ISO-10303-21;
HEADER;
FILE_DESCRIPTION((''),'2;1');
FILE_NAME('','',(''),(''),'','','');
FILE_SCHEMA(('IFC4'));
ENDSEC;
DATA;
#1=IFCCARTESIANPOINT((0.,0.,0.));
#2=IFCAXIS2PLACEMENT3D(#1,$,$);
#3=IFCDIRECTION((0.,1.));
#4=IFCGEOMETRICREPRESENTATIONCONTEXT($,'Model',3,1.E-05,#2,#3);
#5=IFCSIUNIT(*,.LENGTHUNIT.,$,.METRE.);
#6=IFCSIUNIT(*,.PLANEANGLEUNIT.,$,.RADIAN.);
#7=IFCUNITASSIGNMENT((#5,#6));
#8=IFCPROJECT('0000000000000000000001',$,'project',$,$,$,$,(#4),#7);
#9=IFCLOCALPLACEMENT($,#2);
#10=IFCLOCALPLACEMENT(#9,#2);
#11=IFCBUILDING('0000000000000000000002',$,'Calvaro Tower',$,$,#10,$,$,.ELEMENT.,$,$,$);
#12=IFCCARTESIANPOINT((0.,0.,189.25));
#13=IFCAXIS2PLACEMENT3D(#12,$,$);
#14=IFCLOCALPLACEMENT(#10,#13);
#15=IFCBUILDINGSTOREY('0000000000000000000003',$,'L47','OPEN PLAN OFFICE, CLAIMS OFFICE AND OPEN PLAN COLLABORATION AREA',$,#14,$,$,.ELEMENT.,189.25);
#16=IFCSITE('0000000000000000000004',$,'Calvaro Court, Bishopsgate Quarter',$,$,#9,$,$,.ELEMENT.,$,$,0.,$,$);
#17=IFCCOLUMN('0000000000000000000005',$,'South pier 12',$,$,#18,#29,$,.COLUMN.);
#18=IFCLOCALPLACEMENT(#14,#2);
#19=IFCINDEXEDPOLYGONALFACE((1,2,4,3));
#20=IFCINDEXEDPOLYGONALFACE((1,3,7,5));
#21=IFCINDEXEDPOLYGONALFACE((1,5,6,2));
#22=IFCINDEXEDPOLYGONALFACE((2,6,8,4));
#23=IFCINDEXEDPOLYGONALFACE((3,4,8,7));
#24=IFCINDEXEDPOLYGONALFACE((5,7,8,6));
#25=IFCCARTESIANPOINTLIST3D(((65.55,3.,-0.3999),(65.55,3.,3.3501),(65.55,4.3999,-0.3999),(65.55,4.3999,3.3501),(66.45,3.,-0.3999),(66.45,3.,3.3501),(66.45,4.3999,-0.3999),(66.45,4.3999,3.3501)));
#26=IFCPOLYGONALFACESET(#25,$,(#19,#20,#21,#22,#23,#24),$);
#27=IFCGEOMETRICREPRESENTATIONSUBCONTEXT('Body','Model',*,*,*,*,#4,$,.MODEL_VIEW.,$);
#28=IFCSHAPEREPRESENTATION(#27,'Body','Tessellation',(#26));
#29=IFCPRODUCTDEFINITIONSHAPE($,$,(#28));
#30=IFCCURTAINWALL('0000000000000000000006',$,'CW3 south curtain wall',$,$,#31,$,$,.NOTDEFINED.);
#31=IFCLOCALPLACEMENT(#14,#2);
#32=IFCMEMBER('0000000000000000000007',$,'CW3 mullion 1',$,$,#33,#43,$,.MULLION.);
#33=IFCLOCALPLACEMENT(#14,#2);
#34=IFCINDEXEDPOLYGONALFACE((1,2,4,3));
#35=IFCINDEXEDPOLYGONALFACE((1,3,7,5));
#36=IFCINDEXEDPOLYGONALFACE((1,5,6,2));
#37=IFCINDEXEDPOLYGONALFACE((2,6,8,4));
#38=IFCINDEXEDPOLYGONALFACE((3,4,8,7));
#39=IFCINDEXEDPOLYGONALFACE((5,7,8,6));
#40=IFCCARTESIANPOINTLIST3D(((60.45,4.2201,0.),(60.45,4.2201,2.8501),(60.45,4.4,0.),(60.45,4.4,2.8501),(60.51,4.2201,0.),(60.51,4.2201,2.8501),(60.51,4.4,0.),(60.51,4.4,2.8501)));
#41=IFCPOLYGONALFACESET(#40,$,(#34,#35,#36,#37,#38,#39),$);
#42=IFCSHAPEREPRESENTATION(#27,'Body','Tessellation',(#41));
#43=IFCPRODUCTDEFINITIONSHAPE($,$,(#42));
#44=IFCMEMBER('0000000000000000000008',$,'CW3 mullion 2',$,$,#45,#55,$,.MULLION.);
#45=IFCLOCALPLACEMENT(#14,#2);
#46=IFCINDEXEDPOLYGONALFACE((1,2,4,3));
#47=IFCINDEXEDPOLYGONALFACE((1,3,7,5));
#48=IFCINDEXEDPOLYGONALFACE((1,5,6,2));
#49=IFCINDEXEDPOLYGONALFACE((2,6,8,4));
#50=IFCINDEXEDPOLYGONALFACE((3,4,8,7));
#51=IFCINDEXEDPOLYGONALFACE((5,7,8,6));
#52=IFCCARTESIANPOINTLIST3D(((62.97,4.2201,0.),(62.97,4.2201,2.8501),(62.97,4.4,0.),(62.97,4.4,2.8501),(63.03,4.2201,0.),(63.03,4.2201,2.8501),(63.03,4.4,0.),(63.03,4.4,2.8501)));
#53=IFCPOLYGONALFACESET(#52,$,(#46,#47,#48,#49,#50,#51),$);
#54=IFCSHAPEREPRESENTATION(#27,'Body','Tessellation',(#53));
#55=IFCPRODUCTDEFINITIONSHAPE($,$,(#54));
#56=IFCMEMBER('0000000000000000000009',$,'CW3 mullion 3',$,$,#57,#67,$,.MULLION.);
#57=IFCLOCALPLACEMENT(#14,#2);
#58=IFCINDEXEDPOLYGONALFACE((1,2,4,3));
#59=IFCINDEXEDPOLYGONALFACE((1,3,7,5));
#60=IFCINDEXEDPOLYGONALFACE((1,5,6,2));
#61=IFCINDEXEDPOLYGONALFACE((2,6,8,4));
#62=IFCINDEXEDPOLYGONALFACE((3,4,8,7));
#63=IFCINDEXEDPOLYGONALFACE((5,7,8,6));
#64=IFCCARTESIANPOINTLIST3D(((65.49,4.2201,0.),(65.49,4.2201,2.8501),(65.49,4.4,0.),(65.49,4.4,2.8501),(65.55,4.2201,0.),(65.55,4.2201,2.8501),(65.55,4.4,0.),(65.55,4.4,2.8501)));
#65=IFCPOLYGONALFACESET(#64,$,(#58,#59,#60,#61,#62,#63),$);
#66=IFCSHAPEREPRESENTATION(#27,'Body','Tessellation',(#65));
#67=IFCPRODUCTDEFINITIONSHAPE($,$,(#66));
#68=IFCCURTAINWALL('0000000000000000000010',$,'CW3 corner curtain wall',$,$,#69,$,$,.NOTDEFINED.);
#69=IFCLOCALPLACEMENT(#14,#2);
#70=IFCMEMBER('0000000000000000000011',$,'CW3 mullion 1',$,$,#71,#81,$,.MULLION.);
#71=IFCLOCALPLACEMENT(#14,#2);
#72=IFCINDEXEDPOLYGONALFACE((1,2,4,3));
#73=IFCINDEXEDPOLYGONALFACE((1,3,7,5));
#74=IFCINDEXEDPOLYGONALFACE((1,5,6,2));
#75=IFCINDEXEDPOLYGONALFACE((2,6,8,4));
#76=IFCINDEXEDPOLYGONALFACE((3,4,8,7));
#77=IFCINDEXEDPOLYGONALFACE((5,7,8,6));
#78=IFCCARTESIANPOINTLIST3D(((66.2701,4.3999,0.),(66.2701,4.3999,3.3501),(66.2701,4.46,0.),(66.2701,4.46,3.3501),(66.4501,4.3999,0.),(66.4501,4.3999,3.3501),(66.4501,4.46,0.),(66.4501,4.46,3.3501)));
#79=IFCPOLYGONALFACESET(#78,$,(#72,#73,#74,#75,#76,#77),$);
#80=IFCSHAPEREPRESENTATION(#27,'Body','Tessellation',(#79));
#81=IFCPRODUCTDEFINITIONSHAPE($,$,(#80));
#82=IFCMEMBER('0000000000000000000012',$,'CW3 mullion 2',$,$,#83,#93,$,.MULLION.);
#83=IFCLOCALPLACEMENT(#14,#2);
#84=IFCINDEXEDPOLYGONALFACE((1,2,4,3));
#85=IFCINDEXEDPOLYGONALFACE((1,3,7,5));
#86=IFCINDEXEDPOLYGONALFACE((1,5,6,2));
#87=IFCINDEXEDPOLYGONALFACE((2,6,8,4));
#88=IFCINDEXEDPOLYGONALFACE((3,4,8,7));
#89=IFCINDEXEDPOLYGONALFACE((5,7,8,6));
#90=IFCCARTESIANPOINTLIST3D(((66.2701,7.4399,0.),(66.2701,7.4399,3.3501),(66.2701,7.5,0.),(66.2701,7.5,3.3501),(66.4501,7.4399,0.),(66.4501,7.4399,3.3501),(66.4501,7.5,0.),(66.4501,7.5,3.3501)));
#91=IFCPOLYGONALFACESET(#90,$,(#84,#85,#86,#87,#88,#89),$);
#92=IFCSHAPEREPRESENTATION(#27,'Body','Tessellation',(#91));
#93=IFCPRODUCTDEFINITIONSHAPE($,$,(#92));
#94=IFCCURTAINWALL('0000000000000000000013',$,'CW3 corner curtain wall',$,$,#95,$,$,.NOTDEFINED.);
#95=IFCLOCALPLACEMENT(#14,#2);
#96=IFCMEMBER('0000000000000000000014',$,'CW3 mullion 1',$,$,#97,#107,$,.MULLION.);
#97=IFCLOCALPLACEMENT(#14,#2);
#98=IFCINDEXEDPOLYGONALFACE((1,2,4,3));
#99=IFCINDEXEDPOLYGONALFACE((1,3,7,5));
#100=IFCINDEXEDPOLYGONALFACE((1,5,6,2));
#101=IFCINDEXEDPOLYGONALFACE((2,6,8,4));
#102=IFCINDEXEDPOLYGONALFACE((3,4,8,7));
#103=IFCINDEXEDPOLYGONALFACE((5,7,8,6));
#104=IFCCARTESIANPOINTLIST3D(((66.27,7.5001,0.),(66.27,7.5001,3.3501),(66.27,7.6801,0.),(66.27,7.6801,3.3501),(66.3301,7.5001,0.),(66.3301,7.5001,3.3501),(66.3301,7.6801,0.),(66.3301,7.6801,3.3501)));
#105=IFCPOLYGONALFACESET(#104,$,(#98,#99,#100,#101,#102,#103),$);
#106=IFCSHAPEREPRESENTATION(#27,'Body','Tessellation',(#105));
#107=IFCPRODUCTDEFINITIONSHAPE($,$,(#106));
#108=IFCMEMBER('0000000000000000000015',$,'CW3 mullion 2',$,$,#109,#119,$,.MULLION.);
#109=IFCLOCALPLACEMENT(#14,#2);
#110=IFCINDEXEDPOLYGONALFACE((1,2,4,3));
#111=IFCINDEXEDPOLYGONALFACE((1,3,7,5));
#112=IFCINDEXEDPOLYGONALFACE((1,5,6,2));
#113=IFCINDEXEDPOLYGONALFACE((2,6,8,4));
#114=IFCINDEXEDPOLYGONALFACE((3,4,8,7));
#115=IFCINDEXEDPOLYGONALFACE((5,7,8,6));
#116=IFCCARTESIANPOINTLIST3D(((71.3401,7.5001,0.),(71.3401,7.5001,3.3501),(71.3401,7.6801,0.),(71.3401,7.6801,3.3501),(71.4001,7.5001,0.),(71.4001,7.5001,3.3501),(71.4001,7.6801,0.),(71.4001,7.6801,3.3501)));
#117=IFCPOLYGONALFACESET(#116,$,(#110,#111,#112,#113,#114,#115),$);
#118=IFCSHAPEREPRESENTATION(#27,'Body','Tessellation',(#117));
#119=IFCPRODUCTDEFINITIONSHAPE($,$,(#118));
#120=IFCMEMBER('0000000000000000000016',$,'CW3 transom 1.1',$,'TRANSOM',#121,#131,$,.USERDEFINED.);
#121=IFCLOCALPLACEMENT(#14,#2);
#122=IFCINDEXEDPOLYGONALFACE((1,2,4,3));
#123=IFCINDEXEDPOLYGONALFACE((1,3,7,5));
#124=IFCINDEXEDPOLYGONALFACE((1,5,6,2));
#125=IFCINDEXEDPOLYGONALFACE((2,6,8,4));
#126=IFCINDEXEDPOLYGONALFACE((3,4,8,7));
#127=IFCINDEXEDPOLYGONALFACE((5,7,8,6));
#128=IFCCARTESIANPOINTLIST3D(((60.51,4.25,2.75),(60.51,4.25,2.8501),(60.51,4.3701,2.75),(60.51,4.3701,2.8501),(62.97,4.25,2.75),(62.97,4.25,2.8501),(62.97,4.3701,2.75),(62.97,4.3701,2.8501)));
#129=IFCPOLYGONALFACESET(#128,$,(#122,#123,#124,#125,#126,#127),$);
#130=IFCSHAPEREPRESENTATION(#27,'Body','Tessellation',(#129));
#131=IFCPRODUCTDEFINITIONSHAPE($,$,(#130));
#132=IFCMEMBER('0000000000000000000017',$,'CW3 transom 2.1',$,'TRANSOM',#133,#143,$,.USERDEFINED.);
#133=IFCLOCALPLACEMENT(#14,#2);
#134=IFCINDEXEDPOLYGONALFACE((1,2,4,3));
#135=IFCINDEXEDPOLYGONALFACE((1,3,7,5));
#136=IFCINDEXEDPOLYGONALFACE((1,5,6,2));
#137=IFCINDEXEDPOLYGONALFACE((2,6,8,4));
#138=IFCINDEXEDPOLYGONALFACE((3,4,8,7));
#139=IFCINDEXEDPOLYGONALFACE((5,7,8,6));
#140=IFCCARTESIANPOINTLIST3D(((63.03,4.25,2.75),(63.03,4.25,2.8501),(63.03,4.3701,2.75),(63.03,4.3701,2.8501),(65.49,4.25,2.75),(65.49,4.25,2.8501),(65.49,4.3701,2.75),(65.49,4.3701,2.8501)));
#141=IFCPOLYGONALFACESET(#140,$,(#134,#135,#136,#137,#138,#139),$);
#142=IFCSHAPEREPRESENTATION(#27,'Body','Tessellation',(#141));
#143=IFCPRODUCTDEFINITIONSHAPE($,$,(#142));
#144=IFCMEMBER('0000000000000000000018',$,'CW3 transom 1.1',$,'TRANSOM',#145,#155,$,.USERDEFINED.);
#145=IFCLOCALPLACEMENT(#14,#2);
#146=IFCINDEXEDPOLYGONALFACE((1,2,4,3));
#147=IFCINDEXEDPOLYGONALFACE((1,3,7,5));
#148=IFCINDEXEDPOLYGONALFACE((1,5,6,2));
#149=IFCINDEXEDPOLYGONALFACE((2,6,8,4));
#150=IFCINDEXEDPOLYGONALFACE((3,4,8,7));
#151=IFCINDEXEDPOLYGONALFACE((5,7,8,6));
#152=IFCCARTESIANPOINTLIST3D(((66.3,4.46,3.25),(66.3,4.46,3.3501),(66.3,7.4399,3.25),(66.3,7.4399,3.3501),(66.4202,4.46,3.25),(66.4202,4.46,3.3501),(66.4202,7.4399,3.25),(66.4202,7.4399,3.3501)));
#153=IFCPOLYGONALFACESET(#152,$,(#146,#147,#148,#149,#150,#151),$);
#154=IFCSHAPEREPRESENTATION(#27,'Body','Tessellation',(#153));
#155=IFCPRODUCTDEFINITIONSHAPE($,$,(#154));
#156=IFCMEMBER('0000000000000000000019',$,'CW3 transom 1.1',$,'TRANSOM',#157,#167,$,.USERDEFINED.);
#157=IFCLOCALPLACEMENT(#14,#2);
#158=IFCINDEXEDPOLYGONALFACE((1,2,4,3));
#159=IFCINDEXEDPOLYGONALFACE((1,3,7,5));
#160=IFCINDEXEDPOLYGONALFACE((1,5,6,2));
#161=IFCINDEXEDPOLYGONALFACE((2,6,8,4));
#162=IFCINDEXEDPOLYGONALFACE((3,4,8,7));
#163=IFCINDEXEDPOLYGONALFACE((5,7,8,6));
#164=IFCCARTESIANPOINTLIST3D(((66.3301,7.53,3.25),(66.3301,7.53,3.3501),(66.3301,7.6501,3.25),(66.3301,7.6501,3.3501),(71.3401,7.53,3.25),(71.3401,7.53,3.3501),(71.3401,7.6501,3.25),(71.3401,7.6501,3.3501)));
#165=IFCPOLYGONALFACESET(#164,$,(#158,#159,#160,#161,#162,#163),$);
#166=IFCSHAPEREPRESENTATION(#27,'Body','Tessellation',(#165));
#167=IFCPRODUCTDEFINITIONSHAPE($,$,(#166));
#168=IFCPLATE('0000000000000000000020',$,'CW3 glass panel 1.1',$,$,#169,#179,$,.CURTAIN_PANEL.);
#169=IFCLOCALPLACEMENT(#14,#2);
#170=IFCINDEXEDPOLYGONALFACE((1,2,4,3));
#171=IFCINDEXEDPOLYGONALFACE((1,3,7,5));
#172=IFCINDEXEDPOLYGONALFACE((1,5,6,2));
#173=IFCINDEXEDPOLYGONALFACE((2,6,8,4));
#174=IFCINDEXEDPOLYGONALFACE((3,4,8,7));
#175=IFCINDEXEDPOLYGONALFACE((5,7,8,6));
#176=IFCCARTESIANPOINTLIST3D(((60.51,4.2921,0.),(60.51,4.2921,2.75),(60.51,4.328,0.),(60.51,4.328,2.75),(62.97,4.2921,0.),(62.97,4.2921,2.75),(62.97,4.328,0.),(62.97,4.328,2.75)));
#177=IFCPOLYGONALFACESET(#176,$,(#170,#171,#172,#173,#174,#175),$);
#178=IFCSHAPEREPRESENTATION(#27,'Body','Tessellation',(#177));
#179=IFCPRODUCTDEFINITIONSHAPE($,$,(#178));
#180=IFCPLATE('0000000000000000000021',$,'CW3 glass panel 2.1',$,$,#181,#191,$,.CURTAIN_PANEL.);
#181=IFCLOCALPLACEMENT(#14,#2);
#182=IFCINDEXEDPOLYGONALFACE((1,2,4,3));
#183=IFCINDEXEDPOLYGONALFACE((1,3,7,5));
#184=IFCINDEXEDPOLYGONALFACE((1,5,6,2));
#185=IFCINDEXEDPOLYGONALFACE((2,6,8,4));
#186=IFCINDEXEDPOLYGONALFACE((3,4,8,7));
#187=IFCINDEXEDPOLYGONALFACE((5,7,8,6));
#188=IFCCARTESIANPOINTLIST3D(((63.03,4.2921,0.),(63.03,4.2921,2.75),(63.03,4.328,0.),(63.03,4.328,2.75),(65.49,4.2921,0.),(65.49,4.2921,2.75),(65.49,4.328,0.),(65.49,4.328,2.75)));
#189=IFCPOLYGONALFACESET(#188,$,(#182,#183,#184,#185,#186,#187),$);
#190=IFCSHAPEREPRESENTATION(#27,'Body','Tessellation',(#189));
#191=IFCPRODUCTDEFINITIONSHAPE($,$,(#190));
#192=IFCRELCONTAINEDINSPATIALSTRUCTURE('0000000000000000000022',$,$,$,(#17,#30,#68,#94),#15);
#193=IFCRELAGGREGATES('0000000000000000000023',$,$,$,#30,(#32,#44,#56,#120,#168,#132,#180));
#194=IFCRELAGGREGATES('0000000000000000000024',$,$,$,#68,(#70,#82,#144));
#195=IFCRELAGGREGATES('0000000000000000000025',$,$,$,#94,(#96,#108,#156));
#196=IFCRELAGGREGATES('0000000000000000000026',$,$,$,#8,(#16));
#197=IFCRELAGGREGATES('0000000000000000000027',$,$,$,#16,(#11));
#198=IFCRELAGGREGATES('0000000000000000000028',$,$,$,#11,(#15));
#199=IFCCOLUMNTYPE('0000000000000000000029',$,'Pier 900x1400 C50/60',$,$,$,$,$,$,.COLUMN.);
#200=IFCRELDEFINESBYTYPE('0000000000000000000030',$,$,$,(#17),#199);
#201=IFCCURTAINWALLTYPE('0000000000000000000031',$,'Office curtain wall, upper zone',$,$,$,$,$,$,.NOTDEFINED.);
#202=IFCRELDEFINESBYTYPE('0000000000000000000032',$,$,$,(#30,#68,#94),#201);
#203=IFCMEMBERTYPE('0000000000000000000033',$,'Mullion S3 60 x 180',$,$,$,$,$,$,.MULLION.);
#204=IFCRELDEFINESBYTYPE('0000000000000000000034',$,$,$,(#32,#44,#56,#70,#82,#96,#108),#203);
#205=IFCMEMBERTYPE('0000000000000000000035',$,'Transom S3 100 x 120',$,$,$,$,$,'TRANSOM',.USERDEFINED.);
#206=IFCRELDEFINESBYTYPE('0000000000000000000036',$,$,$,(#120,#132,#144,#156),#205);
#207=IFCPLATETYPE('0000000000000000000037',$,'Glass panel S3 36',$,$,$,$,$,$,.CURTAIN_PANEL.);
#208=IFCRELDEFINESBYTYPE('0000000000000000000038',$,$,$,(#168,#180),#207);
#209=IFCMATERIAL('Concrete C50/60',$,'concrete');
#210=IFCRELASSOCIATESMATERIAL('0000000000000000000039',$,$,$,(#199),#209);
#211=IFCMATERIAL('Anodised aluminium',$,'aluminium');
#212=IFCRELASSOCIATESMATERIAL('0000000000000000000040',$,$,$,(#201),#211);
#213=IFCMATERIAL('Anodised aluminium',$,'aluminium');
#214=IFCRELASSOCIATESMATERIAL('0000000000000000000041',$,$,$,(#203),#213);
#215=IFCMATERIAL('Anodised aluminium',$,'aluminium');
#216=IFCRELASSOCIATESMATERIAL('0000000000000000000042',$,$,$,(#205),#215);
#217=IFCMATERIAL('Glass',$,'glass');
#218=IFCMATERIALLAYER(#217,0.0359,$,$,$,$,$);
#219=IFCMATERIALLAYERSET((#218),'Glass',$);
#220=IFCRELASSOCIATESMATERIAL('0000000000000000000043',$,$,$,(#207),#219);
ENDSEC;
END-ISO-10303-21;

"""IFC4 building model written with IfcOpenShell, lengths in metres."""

from ifc_helpers import new_model, si_unit, direction, frame, origin, origin_2d, place, context, subcontext, project, spatial, rectangle, extrude, material, layer, layer_set, material_profile, profile_set, type_object, element, aggregate, save


model = new_model("IFC4")

# Units and contexts
model_context = context("Model", 3, precision=1e-05, world=origin(), true_north=direction((0.0, 1.0)))
body_context = subcontext(model_context, "Body", "Model", "MODEL_VIEW")
ifc_project = project(units=[si_unit("LENGTHUNIT", "METRE"), si_unit("PLANEANGLEUNIT", "RADIAN")], contexts=[model_context])

# Site, building, storey
site_placement = place(None, origin())
site = spatial("IfcSite", under=ifc_project, at=site_placement, Name="Calvaro Court, Bishopsgate Quarter", CompositionType="ELEMENT", RefElevation=0.0)
building_placement = place(site_placement, origin())
building = spatial("IfcBuilding", under=site, at=building_placement, Name="Calvaro Tower", CompositionType="ELEMENT")
storey_placement = place(building_placement, frame((0.0, 0.0, 189.25)))
storey = spatial("IfcBuildingStorey", under=building, at=storey_placement, Name="L47", Description="OPEN PLAN OFFICE, CLAIMS OFFICE AND OPEN PLAN COLLABORATION AREA", CompositionType="ELEMENT", Elevation=189.25)

# Column
ifc_material_1 = material(Name="Concrete C50/60", Category="concrete")
ifc_material_profile_1 = material_profile(ifc_material_1, rectangle(XDim=0.8999, YDim=1.3999, at=origin_2d()), Name="RC 900x1400")
ifc_profile_set_1 = profile_set([ifc_material_profile_1], Name="Concrete C50/60")
column_type = type_object("IfcColumnType", Name="Pier 900x1400 C50/60", PredefinedType="COLUMN", material=ifc_profile_set_1)
column_placement = place(storey_placement, frame((66.0, 3.7, -0.3999), z_axis=(0.0, 0.0, 1.0), x_axis=(1.0, 0.0, 0.0)))
element("IfcColumn", 1, at=column_placement, inside=storey, type_object=column_type, Name="South pier 12", PredefinedType="COLUMN", context=body_context, shape_type="SweptSolid", body=[
    extrude(rectangle(XDim=0.8999, YDim=1.3999, at=origin_2d()), origin(), (0.0, 0.0, 1.0), 3.75),
])

# Curtain walls, members
ifc_material_2 = material(Name="Anodised aluminium", Category="aluminium")
curtain_wall_type = type_object("IfcCurtainWallType", Name="Office curtain wall, upper zone", PredefinedType="NOTDEFINED", material=ifc_material_2)
curtain_wall_1_placement = place(storey_placement, origin())
curtain_wall_1 = element("IfcCurtainWall", 2, at=curtain_wall_1_placement, inside=storey, type_object=curtain_wall_type, Name="CW3 south curtain wall", PredefinedType="NOTDEFINED")
ifc_material_3 = material(Name="Anodised aluminium", Category="aluminium")
ifc_material_profile_2 = material_profile(ifc_material_3, rectangle(XDim=0.1799, YDim=0.0601, at=origin_2d()), Name="Mullion S3 60 x 180")
ifc_profile_set_2 = profile_set([ifc_material_profile_2], Name="Anodised aluminium")
member_type_1 = type_object("IfcMemberType", Name="Mullion S3 60 x 180", PredefinedType="MULLION", material=ifc_profile_set_2)
member_1_placement = place(storey_placement, frame((60.48, 4.3101, 0.0), z_axis=(0.0, 0.0, 1.0), x_axis=(0.0, 1.0, 0.0)))
member_1 = element("IfcMember", 3, at=member_1_placement, type_object=member_type_1, Name="CW3 mullion 1", PredefinedType="MULLION", context=body_context, shape_type="SweptSolid", body=[
    extrude(rectangle(XDim=0.1799, YDim=0.0601, at=origin_2d()), origin(), (0.0, 0.0, 1.0), 2.8501),
])
member_2_placement = place(storey_placement, frame((63.0, 4.3101, 0.0), z_axis=(0.0, 0.0, 1.0), x_axis=(0.0, 1.0, 0.0)))
member_2 = element("IfcMember", 4, at=member_2_placement, type_object=member_type_1, Name="CW3 mullion 2", PredefinedType="MULLION", context=body_context, shape_type="SweptSolid", body=[
    extrude(rectangle(XDim=0.1799, YDim=0.0601, at=origin_2d()), origin(), (0.0, 0.0, 1.0), 2.8501),
])
member_3_placement = place(storey_placement, frame((65.52, 4.3101, 0.0), z_axis=(0.0, 0.0, 1.0), x_axis=(0.0, 1.0, 0.0)))
member_3 = element("IfcMember", 5, at=member_3_placement, type_object=member_type_1, Name="CW3 mullion 3", PredefinedType="MULLION", context=body_context, shape_type="SweptSolid", body=[
    extrude(rectangle(XDim=0.1799, YDim=0.0601, at=origin_2d()), origin(), (0.0, 0.0, 1.0), 2.8501),
])
curtain_wall_2_placement = place(storey_placement, origin())
curtain_wall_2 = element("IfcCurtainWall", 6, at=curtain_wall_2_placement, inside=storey, type_object=curtain_wall_type, Name="CW3 corner curtain wall", PredefinedType="NOTDEFINED")
member_4_placement = place(storey_placement, frame((66.3601, 4.4299, 0.0), z_axis=(0.0, 0.0, 1.0), x_axis=(-1.0, 0.0, 0.0)))
member_4 = element("IfcMember", 7, at=member_4_placement, type_object=member_type_1, Name="CW3 mullion 1", PredefinedType="MULLION", context=body_context, shape_type="SweptSolid", body=[
    extrude(rectangle(XDim=0.1799, YDim=0.0601, at=origin_2d()), origin(), (0.0, 0.0, 1.0), 3.3501),
])
member_5_placement = place(storey_placement, frame((66.3601, 7.47, 0.0), z_axis=(0.0, 0.0, 1.0), x_axis=(-1.0, 0.0, 0.0)))
member_5 = element("IfcMember", 8, at=member_5_placement, type_object=member_type_1, Name="CW3 mullion 2", PredefinedType="MULLION", context=body_context, shape_type="SweptSolid", body=[
    extrude(rectangle(XDim=0.1799, YDim=0.0601, at=origin_2d()), origin(), (0.0, 0.0, 1.0), 3.3501),
])
curtain_wall_3_placement = place(storey_placement, origin())
curtain_wall_3 = element("IfcCurtainWall", 9, at=curtain_wall_3_placement, inside=storey, type_object=curtain_wall_type, Name="CW3 corner curtain wall", PredefinedType="NOTDEFINED")
member_6_placement = place(storey_placement, frame((66.3, 7.5901, 0.0), z_axis=(0.0, 0.0, 1.0), x_axis=(0.0, 1.0, 0.0)))
member_6 = element("IfcMember", 10, at=member_6_placement, type_object=member_type_1, Name="CW3 mullion 1", PredefinedType="MULLION", context=body_context, shape_type="SweptSolid", body=[
    extrude(rectangle(XDim=0.1799, YDim=0.0601, at=origin_2d()), origin(), (0.0, 0.0, 1.0), 3.3501),
])
member_7_placement = place(storey_placement, frame((71.3701, 7.5901, 0.0), z_axis=(0.0, 0.0, 1.0), x_axis=(0.0, 1.0, 0.0)))
member_7 = element("IfcMember", 11, at=member_7_placement, type_object=member_type_1, Name="CW3 mullion 2", PredefinedType="MULLION", context=body_context, shape_type="SweptSolid", body=[
    extrude(rectangle(XDim=0.1799, YDim=0.0601, at=origin_2d()), origin(), (0.0, 0.0, 1.0), 3.3501),
])

# Members
ifc_material_4 = material(Name="Anodised aluminium", Category="aluminium")
ifc_material_profile_3 = material_profile(ifc_material_4, rectangle(XDim=0.1201, YDim=0.1001, at=origin_2d()), Name="Transom S3 100 x 120")
ifc_profile_set_3 = profile_set([ifc_material_profile_3], Name="Anodised aluminium")
member_type_2 = type_object("IfcMemberType", Name="Transom S3 100 x 120", ElementType="TRANSOM", PredefinedType="USERDEFINED", material=ifc_profile_set_3)
member_8_placement = place(storey_placement, frame((60.51, 4.3101, 2.8), z_axis=(1.0, 0.0, 0.0), x_axis=(0.0, 1.0, 0.0)))
member_8 = element("IfcMember", 12, at=member_8_placement, type_object=member_type_2, Name="CW3 transom 1.1", ObjectType="TRANSOM", PredefinedType="USERDEFINED", context=body_context, shape_type="SweptSolid", body=[
    extrude(rectangle(XDim=0.1201, YDim=0.1001, at=origin_2d()), origin(), (0.0, 0.0, 1.0), 2.46),
])
member_9_placement = place(storey_placement, frame((63.03, 4.3101, 2.8), z_axis=(1.0, 0.0, 0.0), x_axis=(0.0, 1.0, 0.0)))
member_9 = element("IfcMember", 13, at=member_9_placement, type_object=member_type_2, Name="CW3 transom 2.1", ObjectType="TRANSOM", PredefinedType="USERDEFINED", context=body_context, shape_type="SweptSolid", body=[
    extrude(rectangle(XDim=0.1201, YDim=0.1001, at=origin_2d()), origin(), (0.0, 0.0, 1.0), 2.46),
])
member_10_placement = place(storey_placement, frame((66.3601, 4.46, 3.3), z_axis=(0.0, 1.0, 0.0), x_axis=(-1.0, 0.0, 0.0)))
member_10 = element("IfcMember", 14, at=member_10_placement, type_object=member_type_2, Name="CW3 transom 1.1", ObjectType="TRANSOM", PredefinedType="USERDEFINED", context=body_context, shape_type="SweptSolid", body=[
    extrude(rectangle(XDim=0.1201, YDim=0.1001, at=origin_2d()), origin(), (0.0, 0.0, 1.0), 2.98),
])
member_11_placement = place(storey_placement, frame((66.3301, 7.5901, 3.3), z_axis=(1.0, 0.0, 0.0), x_axis=(0.0, 1.0, 0.0)))
member_11 = element("IfcMember", 15, at=member_11_placement, type_object=member_type_2, Name="CW3 transom 1.1", ObjectType="TRANSOM", PredefinedType="USERDEFINED", context=body_context, shape_type="SweptSolid", body=[
    extrude(rectangle(XDim=0.1201, YDim=0.1001, at=origin_2d()), origin(), (0.0, 0.0, 1.0), 5.01),
])

# Plates
ifc_material_5 = material(Name="Glass", Category="glass")
ifc_layer_1 = layer(ifc_material_5, 0.0359)
ifc_layer_set_1 = layer_set([ifc_layer_1], Name="Glass")
plate_type = type_object("IfcPlateType", Name="Glass panel S3 36", PredefinedType="CURTAIN_PANEL", material=ifc_layer_set_1)
plate_1_placement = place(storey_placement, frame((61.74, 4.3101, 0.0), z_axis=(0.0, 0.0, 1.0), x_axis=(1.0, 0.0, 0.0)))
plate_1 = element("IfcPlate", 16, at=plate_1_placement, type_object=plate_type, Name="CW3 glass panel 1.1", PredefinedType="CURTAIN_PANEL", context=body_context, shape_type="SweptSolid", body=[
    extrude(rectangle(XDim=2.46, YDim=0.0359, at=origin_2d()), origin(), (0.0, 0.0, 1.0), 2.75),
])
plate_2_placement = place(storey_placement, frame((64.26, 4.3101, 0.0), z_axis=(0.0, 0.0, 1.0), x_axis=(1.0, 0.0, 0.0)))
plate_2 = element("IfcPlate", 17, at=plate_2_placement, type_object=plate_type, Name="CW3 glass panel 2.1", PredefinedType="CURTAIN_PANEL", context=body_context, shape_type="SweptSolid", body=[
    extrude(rectangle(XDim=2.46, YDim=0.0359, at=origin_2d()), origin(), (0.0, 0.0, 1.0), 2.75),
])
aggregate(curtain_wall_1, [member_1, member_2, member_3, member_8, plate_1, member_9, plate_2])
aggregate(curtain_wall_2, [member_4, member_5, member_10])
aggregate(curtain_wall_3, [member_6, member_7, member_11])

save(model, "model.ifc")
